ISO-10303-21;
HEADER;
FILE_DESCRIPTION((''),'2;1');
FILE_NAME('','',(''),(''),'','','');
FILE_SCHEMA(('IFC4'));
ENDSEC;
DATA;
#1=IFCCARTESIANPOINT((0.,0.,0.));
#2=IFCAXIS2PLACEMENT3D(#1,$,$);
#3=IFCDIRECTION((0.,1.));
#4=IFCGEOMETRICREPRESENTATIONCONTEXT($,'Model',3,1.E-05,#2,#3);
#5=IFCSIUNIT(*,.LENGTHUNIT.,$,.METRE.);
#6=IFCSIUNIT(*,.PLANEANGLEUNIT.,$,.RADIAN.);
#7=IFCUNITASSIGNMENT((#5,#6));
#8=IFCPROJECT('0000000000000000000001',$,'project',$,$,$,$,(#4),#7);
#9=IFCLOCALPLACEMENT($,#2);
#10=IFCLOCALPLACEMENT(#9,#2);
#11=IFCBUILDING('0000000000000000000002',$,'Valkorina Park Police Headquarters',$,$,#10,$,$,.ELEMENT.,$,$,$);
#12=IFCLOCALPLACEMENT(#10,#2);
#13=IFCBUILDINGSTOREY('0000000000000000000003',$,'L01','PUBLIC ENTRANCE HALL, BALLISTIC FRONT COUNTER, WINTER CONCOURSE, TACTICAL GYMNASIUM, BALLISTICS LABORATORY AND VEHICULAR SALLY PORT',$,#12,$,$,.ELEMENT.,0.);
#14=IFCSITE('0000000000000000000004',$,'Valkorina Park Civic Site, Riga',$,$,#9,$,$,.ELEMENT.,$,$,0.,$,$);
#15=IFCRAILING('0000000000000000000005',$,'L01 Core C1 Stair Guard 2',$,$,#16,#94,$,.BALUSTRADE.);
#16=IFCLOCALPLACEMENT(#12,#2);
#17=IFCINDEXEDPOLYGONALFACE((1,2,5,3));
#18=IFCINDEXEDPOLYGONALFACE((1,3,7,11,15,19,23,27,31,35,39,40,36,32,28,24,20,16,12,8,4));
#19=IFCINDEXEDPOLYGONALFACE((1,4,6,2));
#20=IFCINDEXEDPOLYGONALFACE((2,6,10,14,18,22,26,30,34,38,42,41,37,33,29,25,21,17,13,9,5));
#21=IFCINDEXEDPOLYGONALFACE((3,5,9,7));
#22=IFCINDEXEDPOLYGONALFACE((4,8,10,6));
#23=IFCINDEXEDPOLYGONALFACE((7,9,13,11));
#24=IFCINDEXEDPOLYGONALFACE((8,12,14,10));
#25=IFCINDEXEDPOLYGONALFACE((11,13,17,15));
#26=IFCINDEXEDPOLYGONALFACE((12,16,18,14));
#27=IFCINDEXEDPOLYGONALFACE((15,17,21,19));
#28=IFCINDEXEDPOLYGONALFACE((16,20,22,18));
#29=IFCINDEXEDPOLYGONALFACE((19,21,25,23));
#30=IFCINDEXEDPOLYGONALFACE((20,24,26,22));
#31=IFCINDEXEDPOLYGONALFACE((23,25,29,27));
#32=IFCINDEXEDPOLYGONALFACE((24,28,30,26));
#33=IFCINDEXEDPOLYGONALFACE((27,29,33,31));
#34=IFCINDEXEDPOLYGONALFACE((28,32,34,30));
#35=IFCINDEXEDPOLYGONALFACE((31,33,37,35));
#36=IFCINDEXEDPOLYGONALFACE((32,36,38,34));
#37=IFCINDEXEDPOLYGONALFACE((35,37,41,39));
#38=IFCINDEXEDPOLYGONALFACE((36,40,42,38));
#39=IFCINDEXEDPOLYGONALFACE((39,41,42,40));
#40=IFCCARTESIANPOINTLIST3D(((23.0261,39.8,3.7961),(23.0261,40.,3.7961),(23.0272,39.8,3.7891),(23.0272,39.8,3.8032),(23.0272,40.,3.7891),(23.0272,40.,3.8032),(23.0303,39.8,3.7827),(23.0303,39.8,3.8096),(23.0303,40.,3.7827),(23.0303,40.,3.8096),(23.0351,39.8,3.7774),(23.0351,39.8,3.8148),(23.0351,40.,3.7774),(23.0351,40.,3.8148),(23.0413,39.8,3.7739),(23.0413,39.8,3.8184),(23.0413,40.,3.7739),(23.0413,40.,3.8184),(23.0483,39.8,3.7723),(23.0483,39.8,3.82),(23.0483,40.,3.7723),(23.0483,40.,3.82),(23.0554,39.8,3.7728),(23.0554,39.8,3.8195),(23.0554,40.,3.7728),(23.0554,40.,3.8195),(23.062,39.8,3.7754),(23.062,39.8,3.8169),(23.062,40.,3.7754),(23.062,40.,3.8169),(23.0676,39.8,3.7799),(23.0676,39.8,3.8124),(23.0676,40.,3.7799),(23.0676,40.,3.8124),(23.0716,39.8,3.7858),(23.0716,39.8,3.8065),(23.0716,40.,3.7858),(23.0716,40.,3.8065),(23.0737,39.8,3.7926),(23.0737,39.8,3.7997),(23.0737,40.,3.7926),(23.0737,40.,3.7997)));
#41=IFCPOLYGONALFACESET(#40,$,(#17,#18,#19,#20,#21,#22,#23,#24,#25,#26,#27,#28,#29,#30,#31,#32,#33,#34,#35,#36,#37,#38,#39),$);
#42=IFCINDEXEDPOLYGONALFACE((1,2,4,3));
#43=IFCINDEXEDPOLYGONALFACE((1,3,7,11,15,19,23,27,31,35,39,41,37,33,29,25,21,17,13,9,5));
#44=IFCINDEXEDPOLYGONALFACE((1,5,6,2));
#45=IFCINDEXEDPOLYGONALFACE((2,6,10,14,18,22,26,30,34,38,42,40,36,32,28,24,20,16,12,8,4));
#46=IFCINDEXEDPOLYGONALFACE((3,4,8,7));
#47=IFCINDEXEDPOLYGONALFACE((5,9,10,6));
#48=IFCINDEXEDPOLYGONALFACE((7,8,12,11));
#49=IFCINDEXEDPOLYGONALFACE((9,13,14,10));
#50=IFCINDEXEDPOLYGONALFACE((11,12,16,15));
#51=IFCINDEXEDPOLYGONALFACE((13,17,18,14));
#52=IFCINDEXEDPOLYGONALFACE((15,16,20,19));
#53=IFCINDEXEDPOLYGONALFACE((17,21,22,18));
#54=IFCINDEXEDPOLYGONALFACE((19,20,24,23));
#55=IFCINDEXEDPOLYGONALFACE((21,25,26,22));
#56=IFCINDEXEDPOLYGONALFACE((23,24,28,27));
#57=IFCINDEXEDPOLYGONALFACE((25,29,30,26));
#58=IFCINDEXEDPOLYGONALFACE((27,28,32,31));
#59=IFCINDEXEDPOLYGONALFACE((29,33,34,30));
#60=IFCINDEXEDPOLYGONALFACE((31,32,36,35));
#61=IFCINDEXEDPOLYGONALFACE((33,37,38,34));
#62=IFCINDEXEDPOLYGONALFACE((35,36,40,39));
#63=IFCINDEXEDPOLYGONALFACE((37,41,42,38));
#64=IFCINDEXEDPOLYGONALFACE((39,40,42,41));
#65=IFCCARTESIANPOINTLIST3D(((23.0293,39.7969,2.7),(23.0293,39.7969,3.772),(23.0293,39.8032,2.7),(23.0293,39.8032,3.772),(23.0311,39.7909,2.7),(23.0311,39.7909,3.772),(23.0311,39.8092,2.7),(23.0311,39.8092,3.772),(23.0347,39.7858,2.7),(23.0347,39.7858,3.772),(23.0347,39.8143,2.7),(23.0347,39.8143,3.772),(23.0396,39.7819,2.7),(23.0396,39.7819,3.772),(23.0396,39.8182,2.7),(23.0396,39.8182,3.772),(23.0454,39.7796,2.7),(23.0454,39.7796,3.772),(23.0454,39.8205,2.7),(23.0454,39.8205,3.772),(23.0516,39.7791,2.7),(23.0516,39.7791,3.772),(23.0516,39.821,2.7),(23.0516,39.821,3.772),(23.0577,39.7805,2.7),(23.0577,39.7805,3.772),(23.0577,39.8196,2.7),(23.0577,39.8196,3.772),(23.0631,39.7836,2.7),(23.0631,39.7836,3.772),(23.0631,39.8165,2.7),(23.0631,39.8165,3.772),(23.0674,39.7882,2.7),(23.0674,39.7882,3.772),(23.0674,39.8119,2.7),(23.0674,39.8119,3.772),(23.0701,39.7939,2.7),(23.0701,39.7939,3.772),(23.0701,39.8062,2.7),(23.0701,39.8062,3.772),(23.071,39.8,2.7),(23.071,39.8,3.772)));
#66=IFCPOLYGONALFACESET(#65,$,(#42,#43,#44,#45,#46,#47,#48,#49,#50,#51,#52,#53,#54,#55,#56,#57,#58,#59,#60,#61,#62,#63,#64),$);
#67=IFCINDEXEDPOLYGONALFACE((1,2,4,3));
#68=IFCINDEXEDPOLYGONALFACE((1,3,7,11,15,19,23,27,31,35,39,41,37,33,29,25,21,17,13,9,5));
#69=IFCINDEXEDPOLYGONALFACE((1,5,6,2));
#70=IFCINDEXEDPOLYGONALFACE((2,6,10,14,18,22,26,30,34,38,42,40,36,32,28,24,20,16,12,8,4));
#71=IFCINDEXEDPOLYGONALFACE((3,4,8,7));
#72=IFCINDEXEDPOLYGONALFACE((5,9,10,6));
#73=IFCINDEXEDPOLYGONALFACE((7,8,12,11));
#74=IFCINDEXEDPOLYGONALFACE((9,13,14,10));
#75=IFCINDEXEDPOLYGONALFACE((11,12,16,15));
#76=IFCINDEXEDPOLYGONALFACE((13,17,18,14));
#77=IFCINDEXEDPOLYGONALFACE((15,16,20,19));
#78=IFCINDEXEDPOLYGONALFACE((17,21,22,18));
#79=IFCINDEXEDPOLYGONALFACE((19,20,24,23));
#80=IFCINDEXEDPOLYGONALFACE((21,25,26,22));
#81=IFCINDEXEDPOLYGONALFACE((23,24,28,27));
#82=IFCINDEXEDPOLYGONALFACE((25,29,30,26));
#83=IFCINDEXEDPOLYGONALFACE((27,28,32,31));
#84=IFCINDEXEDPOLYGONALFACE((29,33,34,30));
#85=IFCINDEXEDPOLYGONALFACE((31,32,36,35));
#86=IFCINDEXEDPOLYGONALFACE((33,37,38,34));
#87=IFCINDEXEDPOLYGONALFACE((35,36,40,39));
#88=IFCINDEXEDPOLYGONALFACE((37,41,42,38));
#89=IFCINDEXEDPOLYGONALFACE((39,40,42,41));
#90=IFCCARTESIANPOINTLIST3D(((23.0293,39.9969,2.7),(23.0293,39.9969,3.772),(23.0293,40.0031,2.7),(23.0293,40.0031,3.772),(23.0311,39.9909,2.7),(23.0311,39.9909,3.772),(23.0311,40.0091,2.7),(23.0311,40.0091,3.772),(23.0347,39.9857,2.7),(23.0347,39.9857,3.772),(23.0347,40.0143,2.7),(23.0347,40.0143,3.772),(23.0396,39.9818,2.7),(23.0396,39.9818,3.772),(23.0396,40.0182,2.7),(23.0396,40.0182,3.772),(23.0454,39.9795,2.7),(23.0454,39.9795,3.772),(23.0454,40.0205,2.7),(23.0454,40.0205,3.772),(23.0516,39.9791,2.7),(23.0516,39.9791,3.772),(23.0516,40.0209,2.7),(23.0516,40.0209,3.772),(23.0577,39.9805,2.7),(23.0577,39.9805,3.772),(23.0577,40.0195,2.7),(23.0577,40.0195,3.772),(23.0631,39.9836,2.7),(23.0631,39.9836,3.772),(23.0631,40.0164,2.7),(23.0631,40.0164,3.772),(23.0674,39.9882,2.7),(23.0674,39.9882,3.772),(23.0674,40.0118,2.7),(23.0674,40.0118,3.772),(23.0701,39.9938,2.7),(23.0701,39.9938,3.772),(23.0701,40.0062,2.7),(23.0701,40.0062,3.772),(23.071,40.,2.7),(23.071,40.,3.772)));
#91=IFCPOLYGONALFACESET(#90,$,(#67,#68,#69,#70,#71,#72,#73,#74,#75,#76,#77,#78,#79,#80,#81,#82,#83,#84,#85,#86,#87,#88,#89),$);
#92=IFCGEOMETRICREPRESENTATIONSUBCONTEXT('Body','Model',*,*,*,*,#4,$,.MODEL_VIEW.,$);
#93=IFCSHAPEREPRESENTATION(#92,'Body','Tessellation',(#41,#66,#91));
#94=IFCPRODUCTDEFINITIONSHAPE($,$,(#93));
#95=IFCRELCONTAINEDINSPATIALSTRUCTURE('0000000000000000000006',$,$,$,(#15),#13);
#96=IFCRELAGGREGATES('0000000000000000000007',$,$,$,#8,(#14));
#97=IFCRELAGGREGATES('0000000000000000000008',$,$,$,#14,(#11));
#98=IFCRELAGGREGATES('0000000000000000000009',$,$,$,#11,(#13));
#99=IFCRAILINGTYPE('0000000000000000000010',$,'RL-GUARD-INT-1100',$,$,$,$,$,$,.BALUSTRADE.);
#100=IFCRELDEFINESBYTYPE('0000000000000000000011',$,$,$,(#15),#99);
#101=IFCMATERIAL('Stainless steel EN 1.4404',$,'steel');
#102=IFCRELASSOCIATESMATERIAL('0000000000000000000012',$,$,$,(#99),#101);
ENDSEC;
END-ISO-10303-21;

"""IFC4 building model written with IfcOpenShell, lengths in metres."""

from ifc_helpers import new_model, si_unit, direction, frame, origin, origin_2d, place, context, subcontext, project, spatial, circle, extrude, material, type_object, element, save


model = new_model("IFC4")

# Units and contexts
model_context = context("Model", 3, precision=1e-05, world=origin(), true_north=direction((0.0, 1.0)))
body_context = subcontext(model_context, "Body", "Model", "MODEL_VIEW")
ifc_project = project(units=[si_unit("LENGTHUNIT", "METRE"), si_unit("PLANEANGLEUNIT", "RADIAN")], contexts=[model_context])

# Site, building, storey
site_placement = place(None, origin())
site = spatial("IfcSite", under=ifc_project, at=site_placement, Name="Valkorina Park Civic Site, Riga", CompositionType="ELEMENT", RefElevation=0.0)
building_placement = place(site_placement, origin())
building = spatial("IfcBuilding", under=site, at=building_placement, Name="Valkorina Park Police Headquarters", CompositionType="ELEMENT")
storey_placement = place(building_placement, origin())
storey = spatial("IfcBuildingStorey", under=building, at=storey_placement, Name="L01", Description="PUBLIC ENTRANCE HALL, BALLISTIC FRONT COUNTER, WINTER CONCOURSE, TACTICAL GYMNASIUM, BALLISTICS LABORATORY AND VEHICULAR SALLY PORT", CompositionType="ELEMENT", Elevation=0.0)

# Shared definitions
ifc_material_1 = material(Name="Stainless steel EN 1.4404", Category="steel")

# Railing
railing_type_1 = type_object("IfcRailingType", Name="RL-GUARD-INT-1100", PredefinedType="BALUSTRADE", material=ifc_material_1)
railing_1_placement = place(storey_placement, frame((23.05, 39.8, 2.7)))
element("IfcRailing", 1, at=railing_1_placement, inside=storey, type_object=railing_type_1, Name="L01 Core C1 Stair Guard 2", PredefinedType="BALUSTRADE", context=body_context, shape_type="SweptSolid", body=[
    extrude(circle(Radius=0.0239, at=origin_2d()), frame((0.0, 0.0, 1.0962), z_axis=(0.0, 1.0, 0.0), x_axis=(-1.0, 0.0, 0.0)), (0.0, 0.0, 1.0), 0.2),
    extrude(circle(Radius=0.021, at=origin_2d()), origin(), (0.0, 0.0, 1.0), 1.072),
    extrude(circle(Radius=0.021, at=origin_2d()), frame((0.0, 0.2, 0.0)), (0.0, 0.0, 1.0), 1.072),
])

save(model, "model.ifc")
